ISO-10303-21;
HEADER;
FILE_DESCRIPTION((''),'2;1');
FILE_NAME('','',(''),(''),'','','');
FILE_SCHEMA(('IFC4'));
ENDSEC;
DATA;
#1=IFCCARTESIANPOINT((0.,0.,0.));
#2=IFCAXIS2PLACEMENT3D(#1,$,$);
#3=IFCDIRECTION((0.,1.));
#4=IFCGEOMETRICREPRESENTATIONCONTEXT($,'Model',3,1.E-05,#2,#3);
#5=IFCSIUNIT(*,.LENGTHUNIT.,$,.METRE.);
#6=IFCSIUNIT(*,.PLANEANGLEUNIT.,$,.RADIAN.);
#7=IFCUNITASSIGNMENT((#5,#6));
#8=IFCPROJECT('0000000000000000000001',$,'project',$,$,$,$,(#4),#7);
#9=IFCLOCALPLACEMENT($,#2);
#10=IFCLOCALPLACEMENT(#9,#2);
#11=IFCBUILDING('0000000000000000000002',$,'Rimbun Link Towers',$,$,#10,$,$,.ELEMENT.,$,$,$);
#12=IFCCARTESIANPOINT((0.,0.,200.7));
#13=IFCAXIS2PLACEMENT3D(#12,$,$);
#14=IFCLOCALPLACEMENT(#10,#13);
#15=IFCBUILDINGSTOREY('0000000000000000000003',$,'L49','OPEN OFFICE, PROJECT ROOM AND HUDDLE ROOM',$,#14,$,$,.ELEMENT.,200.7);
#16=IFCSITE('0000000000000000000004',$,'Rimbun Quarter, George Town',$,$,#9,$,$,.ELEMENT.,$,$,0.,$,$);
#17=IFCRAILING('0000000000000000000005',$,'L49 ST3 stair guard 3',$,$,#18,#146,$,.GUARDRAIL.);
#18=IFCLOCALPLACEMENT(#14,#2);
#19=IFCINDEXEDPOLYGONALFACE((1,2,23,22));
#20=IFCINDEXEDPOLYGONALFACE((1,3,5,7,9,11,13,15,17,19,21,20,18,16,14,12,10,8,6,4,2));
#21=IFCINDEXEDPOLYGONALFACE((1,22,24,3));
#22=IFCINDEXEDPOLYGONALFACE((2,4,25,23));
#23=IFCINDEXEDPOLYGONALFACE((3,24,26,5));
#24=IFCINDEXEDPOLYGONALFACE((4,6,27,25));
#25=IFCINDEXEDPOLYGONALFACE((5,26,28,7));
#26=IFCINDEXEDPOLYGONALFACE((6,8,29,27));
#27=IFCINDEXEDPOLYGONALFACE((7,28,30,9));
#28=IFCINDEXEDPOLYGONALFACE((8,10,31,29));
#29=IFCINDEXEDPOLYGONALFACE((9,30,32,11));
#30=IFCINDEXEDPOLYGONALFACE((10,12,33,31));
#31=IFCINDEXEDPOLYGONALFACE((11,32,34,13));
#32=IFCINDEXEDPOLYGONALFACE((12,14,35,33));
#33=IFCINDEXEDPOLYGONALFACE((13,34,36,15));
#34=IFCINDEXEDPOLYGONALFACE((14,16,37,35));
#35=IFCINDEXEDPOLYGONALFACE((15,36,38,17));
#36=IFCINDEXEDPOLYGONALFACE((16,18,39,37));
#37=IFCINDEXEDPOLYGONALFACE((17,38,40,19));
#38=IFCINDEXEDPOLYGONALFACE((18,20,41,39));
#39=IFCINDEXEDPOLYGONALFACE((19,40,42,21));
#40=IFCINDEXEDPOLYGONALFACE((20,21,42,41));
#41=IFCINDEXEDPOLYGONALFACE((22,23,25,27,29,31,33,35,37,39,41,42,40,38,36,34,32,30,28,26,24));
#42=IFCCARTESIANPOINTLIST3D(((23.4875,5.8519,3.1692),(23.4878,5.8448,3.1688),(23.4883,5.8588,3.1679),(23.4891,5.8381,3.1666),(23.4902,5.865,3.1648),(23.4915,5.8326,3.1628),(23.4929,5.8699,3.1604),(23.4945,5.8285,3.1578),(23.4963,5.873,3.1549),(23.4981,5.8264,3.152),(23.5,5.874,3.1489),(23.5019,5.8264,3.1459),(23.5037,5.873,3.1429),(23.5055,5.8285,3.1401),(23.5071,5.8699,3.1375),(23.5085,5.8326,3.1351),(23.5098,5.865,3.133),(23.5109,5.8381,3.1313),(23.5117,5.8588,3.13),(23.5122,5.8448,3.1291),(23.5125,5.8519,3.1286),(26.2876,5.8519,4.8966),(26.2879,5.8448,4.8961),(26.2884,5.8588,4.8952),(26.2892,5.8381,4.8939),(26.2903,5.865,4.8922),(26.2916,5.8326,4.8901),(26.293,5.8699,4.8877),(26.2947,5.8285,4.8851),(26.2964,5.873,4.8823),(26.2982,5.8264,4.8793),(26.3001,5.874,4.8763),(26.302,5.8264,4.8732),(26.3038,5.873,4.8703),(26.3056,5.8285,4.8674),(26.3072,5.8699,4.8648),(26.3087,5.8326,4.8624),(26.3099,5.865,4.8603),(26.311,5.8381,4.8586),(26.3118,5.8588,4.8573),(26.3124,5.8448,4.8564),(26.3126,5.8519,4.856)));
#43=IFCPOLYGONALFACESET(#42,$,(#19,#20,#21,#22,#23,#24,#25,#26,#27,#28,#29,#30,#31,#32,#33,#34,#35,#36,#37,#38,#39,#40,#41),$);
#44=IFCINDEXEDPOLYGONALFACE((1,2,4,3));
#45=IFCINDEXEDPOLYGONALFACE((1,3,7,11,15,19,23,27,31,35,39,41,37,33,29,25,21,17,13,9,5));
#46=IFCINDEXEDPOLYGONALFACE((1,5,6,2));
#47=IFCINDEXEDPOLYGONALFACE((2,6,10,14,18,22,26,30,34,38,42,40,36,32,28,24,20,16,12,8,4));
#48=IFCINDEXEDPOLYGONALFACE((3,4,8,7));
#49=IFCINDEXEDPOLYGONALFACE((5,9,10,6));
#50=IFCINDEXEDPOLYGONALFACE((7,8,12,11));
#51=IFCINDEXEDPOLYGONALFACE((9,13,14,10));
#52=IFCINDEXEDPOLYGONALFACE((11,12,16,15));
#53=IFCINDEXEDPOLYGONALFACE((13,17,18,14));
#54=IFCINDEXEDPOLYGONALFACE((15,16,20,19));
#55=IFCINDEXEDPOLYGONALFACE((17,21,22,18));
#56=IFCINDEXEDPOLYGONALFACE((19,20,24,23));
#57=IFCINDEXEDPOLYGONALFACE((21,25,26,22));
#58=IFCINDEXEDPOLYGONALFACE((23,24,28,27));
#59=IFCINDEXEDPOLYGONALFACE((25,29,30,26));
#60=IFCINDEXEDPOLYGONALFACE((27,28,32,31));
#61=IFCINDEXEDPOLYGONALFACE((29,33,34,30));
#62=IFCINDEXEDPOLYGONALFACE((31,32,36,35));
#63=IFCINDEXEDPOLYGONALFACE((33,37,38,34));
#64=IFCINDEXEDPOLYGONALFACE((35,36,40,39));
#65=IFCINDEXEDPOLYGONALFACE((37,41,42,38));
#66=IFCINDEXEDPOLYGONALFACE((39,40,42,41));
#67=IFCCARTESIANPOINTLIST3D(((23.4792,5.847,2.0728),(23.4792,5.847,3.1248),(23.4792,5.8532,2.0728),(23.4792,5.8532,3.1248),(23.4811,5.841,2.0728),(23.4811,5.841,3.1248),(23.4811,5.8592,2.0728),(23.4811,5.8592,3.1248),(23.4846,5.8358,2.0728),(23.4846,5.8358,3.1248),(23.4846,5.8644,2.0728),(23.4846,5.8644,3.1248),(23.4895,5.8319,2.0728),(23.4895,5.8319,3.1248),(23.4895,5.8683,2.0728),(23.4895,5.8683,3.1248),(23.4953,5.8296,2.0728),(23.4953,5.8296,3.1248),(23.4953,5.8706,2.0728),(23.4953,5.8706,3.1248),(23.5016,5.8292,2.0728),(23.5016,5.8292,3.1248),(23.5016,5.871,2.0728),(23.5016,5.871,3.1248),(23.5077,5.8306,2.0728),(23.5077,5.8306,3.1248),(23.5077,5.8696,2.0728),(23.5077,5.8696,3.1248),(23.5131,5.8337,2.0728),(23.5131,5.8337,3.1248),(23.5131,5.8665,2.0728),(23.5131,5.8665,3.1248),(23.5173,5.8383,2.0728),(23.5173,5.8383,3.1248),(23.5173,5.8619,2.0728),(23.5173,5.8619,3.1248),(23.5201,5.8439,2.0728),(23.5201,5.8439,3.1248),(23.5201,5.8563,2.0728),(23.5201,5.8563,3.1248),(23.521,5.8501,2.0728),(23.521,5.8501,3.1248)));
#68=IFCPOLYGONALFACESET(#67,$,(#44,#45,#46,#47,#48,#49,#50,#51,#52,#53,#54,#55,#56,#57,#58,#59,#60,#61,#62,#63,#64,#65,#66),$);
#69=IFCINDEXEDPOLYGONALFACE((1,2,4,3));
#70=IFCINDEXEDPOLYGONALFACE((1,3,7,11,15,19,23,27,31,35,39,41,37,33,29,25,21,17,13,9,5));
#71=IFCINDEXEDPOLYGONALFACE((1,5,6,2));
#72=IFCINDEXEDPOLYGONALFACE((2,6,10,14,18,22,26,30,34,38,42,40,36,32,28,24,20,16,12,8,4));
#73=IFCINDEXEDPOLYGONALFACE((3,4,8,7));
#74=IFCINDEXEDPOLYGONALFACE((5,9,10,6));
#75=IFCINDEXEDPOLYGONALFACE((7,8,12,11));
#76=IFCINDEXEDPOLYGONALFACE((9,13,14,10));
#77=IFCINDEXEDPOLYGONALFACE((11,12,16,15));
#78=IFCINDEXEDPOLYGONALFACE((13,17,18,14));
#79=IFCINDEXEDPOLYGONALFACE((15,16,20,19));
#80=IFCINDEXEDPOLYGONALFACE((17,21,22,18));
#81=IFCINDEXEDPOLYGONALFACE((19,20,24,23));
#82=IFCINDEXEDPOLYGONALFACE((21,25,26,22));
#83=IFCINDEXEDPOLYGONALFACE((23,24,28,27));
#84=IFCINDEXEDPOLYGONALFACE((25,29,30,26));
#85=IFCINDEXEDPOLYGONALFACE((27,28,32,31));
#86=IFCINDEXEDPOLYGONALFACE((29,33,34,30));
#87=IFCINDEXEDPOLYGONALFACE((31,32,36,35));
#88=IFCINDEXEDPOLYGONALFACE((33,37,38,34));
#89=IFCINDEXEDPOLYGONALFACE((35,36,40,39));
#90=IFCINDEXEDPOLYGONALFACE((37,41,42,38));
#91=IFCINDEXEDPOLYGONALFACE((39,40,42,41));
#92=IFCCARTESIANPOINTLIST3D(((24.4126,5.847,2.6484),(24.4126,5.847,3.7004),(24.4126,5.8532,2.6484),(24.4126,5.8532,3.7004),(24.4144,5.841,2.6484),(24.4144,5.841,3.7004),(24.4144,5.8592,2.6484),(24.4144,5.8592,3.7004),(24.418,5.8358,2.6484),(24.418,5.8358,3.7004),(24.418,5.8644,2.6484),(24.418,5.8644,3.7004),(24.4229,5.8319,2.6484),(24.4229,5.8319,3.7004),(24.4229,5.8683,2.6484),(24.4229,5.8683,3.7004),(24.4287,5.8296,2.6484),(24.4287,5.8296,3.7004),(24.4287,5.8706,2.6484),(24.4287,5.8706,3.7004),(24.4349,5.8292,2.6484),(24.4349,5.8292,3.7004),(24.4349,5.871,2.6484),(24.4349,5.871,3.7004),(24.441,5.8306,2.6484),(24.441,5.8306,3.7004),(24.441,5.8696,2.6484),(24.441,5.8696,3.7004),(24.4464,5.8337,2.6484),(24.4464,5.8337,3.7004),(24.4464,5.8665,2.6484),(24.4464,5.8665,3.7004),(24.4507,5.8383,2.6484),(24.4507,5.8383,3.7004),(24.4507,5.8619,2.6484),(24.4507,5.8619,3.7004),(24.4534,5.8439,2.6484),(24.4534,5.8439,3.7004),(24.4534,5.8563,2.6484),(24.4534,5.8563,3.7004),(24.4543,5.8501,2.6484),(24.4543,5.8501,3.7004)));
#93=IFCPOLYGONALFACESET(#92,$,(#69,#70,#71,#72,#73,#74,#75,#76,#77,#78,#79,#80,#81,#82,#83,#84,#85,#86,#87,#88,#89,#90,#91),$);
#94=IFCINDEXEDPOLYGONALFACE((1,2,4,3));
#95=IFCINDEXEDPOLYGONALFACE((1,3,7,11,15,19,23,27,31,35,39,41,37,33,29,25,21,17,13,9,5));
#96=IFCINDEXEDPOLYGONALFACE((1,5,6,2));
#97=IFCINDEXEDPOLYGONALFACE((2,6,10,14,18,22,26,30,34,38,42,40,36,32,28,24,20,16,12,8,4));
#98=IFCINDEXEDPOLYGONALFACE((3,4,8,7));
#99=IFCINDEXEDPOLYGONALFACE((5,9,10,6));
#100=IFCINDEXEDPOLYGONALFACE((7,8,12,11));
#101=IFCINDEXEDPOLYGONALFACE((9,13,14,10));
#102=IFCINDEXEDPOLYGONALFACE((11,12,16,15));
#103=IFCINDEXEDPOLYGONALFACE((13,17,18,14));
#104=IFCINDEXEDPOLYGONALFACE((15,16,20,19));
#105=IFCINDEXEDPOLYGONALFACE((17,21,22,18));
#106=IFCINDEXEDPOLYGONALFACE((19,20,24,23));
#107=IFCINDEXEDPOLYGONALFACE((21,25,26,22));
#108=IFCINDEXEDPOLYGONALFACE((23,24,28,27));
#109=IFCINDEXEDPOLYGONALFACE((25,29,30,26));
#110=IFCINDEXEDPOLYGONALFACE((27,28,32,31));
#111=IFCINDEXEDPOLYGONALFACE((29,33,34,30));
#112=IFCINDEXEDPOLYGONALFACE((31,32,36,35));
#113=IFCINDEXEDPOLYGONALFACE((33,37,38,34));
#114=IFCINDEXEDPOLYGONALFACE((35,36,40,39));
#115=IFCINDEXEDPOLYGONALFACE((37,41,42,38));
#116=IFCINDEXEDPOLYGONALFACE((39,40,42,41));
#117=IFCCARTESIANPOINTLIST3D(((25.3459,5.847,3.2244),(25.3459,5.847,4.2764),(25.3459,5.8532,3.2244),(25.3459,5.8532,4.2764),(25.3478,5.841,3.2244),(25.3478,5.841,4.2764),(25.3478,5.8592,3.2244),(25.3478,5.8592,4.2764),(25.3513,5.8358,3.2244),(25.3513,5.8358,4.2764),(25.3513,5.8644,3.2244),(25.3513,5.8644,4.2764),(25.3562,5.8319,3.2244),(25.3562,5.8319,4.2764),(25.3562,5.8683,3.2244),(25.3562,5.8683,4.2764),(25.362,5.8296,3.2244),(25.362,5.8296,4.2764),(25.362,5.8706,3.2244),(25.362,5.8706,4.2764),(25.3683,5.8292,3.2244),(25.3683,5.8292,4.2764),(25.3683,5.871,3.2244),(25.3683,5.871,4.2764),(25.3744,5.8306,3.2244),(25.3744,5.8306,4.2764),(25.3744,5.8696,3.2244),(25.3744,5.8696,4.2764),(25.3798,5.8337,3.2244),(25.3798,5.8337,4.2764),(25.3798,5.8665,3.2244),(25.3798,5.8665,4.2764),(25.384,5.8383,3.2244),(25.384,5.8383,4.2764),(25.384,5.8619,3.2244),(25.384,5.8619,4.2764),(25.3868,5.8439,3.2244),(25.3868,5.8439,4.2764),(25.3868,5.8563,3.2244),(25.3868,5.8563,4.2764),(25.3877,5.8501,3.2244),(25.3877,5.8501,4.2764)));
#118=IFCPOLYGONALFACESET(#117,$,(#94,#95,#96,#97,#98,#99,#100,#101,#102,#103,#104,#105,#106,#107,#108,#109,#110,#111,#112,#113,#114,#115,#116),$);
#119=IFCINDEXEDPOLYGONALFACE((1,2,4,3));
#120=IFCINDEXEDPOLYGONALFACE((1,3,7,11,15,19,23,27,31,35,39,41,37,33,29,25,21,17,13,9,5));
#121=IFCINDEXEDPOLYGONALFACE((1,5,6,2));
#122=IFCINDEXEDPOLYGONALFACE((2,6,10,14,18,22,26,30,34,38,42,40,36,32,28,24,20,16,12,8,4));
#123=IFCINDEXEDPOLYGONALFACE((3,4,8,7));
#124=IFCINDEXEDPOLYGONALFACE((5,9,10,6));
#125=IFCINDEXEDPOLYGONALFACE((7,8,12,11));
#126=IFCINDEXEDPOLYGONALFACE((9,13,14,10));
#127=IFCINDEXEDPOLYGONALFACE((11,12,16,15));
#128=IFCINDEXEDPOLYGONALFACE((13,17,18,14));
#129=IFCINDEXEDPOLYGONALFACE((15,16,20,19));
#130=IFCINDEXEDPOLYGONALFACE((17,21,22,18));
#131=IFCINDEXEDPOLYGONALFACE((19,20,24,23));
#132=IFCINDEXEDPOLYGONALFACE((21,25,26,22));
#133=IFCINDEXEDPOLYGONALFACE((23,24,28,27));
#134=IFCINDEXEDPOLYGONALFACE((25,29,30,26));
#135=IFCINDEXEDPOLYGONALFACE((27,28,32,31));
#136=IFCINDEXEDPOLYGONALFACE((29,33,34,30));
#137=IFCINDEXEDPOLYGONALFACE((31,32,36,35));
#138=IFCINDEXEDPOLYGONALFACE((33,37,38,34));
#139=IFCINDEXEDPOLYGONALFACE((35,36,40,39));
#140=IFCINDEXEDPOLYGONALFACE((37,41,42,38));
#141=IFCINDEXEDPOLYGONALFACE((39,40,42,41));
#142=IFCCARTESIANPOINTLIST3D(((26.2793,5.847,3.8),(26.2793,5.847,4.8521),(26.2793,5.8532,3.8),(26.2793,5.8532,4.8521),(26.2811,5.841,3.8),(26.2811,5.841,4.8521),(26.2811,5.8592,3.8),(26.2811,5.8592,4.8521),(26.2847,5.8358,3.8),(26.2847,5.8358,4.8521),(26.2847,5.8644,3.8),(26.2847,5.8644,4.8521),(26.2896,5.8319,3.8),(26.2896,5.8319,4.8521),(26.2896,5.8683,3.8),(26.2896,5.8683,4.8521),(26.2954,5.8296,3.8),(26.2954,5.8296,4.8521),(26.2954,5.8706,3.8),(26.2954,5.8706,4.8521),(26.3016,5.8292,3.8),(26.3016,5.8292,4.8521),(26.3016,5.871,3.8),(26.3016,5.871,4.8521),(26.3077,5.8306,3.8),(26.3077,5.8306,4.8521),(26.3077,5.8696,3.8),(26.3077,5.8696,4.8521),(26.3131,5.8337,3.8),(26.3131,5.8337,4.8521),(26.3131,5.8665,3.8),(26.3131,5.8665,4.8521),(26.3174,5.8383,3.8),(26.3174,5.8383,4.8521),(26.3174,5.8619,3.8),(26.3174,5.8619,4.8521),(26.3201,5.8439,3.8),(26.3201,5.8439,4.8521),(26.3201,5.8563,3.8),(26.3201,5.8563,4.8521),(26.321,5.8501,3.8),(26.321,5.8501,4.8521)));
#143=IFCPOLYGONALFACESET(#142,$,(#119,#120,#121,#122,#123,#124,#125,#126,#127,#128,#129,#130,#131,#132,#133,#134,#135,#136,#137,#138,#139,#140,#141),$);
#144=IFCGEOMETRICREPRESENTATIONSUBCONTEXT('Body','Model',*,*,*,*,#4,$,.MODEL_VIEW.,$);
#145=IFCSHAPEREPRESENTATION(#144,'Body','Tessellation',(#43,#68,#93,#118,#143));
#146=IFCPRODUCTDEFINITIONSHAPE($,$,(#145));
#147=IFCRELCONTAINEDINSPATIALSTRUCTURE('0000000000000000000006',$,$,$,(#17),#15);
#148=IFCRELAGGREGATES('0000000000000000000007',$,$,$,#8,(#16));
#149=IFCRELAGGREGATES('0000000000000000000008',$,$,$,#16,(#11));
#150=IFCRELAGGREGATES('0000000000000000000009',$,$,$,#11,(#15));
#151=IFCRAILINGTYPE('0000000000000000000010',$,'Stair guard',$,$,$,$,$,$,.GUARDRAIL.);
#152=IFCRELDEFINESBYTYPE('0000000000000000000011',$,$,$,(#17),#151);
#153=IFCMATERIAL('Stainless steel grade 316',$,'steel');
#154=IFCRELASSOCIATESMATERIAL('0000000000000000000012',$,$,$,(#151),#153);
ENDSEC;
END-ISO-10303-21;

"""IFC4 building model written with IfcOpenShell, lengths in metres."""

from ifc_helpers import new_model, si_unit, direction, frame, origin, origin_2d, place, context, subcontext, project, spatial, circle, extrude, material, type_object, element, save


model = new_model("IFC4")

# Units and contexts
model_context = context("Model", 3, precision=1e-05, world=origin(), true_north=direction((0.0, 1.0)))
body_context = subcontext(model_context, "Body", "Model", "MODEL_VIEW")
ifc_project = project(units=[si_unit("LENGTHUNIT", "METRE"), si_unit("PLANEANGLEUNIT", "RADIAN")], contexts=[model_context])

# Site, building, storey
site_placement = place(None, origin())
site = spatial("IfcSite", under=ifc_project, at=site_placement, Name="Rimbun Quarter, George Town", CompositionType="ELEMENT", RefElevation=0.0)
building_placement = place(site_placement, origin())
building = spatial("IfcBuilding", under=site, at=building_placement, Name="Rimbun Link Towers", CompositionType="ELEMENT")
storey_placement = place(building_placement, frame((0.0, 0.0, 200.7)))
storey = spatial("IfcBuildingStorey", under=building, at=storey_placement, Name="L49", Description="OPEN OFFICE, PROJECT ROOM AND HUDDLE ROOM", CompositionType="ELEMENT", Elevation=200.7)

# Railing
ifc_material_1 = material(Name="Stainless steel grade 316", Category="steel")
railing_type_1 = type_object("IfcRailingType", Name="Stair guard", PredefinedType="GUARDRAIL", material=ifc_material_1)
railing_1_placement = place(storey_placement, frame((23.5, 5.8501, 2.0728)))
element("IfcRailing", 1, at=railing_1_placement, inside=storey, type_object=railing_type_1, Name="L49 ST3 stair guard 3", PredefinedType="GUARDRAIL", context=body_context, shape_type="SweptSolid", body=[
    extrude(circle(Radius=0.0239, at=origin_2d()), frame((0.0, 0.0, 1.0762), z_axis=(0.85109, 0.0, 0.52502), x_axis=(0.0, 1.0, 0.0)), (0.0, 0.0, 1.0), 3.29),
    extrude(circle(Radius=0.021, at=origin_2d()), origin(), (0.0, 0.0, 1.0), 1.052),
    extrude(circle(Radius=0.021, at=origin_2d()), frame((0.9333, 0.0, 0.5757)), (0.0, 0.0, 1.0), 1.052),
    extrude(circle(Radius=0.021, at=origin_2d()), frame((1.8667, 0.0, 1.1516)), (0.0, 0.0, 1.0), 1.052),
    extrude(circle(Radius=0.021, at=origin_2d()), frame((2.8, 0.0, 1.7273)), (0.0, 0.0, 1.0), 1.052),
])

save(model, "model.ifc")
